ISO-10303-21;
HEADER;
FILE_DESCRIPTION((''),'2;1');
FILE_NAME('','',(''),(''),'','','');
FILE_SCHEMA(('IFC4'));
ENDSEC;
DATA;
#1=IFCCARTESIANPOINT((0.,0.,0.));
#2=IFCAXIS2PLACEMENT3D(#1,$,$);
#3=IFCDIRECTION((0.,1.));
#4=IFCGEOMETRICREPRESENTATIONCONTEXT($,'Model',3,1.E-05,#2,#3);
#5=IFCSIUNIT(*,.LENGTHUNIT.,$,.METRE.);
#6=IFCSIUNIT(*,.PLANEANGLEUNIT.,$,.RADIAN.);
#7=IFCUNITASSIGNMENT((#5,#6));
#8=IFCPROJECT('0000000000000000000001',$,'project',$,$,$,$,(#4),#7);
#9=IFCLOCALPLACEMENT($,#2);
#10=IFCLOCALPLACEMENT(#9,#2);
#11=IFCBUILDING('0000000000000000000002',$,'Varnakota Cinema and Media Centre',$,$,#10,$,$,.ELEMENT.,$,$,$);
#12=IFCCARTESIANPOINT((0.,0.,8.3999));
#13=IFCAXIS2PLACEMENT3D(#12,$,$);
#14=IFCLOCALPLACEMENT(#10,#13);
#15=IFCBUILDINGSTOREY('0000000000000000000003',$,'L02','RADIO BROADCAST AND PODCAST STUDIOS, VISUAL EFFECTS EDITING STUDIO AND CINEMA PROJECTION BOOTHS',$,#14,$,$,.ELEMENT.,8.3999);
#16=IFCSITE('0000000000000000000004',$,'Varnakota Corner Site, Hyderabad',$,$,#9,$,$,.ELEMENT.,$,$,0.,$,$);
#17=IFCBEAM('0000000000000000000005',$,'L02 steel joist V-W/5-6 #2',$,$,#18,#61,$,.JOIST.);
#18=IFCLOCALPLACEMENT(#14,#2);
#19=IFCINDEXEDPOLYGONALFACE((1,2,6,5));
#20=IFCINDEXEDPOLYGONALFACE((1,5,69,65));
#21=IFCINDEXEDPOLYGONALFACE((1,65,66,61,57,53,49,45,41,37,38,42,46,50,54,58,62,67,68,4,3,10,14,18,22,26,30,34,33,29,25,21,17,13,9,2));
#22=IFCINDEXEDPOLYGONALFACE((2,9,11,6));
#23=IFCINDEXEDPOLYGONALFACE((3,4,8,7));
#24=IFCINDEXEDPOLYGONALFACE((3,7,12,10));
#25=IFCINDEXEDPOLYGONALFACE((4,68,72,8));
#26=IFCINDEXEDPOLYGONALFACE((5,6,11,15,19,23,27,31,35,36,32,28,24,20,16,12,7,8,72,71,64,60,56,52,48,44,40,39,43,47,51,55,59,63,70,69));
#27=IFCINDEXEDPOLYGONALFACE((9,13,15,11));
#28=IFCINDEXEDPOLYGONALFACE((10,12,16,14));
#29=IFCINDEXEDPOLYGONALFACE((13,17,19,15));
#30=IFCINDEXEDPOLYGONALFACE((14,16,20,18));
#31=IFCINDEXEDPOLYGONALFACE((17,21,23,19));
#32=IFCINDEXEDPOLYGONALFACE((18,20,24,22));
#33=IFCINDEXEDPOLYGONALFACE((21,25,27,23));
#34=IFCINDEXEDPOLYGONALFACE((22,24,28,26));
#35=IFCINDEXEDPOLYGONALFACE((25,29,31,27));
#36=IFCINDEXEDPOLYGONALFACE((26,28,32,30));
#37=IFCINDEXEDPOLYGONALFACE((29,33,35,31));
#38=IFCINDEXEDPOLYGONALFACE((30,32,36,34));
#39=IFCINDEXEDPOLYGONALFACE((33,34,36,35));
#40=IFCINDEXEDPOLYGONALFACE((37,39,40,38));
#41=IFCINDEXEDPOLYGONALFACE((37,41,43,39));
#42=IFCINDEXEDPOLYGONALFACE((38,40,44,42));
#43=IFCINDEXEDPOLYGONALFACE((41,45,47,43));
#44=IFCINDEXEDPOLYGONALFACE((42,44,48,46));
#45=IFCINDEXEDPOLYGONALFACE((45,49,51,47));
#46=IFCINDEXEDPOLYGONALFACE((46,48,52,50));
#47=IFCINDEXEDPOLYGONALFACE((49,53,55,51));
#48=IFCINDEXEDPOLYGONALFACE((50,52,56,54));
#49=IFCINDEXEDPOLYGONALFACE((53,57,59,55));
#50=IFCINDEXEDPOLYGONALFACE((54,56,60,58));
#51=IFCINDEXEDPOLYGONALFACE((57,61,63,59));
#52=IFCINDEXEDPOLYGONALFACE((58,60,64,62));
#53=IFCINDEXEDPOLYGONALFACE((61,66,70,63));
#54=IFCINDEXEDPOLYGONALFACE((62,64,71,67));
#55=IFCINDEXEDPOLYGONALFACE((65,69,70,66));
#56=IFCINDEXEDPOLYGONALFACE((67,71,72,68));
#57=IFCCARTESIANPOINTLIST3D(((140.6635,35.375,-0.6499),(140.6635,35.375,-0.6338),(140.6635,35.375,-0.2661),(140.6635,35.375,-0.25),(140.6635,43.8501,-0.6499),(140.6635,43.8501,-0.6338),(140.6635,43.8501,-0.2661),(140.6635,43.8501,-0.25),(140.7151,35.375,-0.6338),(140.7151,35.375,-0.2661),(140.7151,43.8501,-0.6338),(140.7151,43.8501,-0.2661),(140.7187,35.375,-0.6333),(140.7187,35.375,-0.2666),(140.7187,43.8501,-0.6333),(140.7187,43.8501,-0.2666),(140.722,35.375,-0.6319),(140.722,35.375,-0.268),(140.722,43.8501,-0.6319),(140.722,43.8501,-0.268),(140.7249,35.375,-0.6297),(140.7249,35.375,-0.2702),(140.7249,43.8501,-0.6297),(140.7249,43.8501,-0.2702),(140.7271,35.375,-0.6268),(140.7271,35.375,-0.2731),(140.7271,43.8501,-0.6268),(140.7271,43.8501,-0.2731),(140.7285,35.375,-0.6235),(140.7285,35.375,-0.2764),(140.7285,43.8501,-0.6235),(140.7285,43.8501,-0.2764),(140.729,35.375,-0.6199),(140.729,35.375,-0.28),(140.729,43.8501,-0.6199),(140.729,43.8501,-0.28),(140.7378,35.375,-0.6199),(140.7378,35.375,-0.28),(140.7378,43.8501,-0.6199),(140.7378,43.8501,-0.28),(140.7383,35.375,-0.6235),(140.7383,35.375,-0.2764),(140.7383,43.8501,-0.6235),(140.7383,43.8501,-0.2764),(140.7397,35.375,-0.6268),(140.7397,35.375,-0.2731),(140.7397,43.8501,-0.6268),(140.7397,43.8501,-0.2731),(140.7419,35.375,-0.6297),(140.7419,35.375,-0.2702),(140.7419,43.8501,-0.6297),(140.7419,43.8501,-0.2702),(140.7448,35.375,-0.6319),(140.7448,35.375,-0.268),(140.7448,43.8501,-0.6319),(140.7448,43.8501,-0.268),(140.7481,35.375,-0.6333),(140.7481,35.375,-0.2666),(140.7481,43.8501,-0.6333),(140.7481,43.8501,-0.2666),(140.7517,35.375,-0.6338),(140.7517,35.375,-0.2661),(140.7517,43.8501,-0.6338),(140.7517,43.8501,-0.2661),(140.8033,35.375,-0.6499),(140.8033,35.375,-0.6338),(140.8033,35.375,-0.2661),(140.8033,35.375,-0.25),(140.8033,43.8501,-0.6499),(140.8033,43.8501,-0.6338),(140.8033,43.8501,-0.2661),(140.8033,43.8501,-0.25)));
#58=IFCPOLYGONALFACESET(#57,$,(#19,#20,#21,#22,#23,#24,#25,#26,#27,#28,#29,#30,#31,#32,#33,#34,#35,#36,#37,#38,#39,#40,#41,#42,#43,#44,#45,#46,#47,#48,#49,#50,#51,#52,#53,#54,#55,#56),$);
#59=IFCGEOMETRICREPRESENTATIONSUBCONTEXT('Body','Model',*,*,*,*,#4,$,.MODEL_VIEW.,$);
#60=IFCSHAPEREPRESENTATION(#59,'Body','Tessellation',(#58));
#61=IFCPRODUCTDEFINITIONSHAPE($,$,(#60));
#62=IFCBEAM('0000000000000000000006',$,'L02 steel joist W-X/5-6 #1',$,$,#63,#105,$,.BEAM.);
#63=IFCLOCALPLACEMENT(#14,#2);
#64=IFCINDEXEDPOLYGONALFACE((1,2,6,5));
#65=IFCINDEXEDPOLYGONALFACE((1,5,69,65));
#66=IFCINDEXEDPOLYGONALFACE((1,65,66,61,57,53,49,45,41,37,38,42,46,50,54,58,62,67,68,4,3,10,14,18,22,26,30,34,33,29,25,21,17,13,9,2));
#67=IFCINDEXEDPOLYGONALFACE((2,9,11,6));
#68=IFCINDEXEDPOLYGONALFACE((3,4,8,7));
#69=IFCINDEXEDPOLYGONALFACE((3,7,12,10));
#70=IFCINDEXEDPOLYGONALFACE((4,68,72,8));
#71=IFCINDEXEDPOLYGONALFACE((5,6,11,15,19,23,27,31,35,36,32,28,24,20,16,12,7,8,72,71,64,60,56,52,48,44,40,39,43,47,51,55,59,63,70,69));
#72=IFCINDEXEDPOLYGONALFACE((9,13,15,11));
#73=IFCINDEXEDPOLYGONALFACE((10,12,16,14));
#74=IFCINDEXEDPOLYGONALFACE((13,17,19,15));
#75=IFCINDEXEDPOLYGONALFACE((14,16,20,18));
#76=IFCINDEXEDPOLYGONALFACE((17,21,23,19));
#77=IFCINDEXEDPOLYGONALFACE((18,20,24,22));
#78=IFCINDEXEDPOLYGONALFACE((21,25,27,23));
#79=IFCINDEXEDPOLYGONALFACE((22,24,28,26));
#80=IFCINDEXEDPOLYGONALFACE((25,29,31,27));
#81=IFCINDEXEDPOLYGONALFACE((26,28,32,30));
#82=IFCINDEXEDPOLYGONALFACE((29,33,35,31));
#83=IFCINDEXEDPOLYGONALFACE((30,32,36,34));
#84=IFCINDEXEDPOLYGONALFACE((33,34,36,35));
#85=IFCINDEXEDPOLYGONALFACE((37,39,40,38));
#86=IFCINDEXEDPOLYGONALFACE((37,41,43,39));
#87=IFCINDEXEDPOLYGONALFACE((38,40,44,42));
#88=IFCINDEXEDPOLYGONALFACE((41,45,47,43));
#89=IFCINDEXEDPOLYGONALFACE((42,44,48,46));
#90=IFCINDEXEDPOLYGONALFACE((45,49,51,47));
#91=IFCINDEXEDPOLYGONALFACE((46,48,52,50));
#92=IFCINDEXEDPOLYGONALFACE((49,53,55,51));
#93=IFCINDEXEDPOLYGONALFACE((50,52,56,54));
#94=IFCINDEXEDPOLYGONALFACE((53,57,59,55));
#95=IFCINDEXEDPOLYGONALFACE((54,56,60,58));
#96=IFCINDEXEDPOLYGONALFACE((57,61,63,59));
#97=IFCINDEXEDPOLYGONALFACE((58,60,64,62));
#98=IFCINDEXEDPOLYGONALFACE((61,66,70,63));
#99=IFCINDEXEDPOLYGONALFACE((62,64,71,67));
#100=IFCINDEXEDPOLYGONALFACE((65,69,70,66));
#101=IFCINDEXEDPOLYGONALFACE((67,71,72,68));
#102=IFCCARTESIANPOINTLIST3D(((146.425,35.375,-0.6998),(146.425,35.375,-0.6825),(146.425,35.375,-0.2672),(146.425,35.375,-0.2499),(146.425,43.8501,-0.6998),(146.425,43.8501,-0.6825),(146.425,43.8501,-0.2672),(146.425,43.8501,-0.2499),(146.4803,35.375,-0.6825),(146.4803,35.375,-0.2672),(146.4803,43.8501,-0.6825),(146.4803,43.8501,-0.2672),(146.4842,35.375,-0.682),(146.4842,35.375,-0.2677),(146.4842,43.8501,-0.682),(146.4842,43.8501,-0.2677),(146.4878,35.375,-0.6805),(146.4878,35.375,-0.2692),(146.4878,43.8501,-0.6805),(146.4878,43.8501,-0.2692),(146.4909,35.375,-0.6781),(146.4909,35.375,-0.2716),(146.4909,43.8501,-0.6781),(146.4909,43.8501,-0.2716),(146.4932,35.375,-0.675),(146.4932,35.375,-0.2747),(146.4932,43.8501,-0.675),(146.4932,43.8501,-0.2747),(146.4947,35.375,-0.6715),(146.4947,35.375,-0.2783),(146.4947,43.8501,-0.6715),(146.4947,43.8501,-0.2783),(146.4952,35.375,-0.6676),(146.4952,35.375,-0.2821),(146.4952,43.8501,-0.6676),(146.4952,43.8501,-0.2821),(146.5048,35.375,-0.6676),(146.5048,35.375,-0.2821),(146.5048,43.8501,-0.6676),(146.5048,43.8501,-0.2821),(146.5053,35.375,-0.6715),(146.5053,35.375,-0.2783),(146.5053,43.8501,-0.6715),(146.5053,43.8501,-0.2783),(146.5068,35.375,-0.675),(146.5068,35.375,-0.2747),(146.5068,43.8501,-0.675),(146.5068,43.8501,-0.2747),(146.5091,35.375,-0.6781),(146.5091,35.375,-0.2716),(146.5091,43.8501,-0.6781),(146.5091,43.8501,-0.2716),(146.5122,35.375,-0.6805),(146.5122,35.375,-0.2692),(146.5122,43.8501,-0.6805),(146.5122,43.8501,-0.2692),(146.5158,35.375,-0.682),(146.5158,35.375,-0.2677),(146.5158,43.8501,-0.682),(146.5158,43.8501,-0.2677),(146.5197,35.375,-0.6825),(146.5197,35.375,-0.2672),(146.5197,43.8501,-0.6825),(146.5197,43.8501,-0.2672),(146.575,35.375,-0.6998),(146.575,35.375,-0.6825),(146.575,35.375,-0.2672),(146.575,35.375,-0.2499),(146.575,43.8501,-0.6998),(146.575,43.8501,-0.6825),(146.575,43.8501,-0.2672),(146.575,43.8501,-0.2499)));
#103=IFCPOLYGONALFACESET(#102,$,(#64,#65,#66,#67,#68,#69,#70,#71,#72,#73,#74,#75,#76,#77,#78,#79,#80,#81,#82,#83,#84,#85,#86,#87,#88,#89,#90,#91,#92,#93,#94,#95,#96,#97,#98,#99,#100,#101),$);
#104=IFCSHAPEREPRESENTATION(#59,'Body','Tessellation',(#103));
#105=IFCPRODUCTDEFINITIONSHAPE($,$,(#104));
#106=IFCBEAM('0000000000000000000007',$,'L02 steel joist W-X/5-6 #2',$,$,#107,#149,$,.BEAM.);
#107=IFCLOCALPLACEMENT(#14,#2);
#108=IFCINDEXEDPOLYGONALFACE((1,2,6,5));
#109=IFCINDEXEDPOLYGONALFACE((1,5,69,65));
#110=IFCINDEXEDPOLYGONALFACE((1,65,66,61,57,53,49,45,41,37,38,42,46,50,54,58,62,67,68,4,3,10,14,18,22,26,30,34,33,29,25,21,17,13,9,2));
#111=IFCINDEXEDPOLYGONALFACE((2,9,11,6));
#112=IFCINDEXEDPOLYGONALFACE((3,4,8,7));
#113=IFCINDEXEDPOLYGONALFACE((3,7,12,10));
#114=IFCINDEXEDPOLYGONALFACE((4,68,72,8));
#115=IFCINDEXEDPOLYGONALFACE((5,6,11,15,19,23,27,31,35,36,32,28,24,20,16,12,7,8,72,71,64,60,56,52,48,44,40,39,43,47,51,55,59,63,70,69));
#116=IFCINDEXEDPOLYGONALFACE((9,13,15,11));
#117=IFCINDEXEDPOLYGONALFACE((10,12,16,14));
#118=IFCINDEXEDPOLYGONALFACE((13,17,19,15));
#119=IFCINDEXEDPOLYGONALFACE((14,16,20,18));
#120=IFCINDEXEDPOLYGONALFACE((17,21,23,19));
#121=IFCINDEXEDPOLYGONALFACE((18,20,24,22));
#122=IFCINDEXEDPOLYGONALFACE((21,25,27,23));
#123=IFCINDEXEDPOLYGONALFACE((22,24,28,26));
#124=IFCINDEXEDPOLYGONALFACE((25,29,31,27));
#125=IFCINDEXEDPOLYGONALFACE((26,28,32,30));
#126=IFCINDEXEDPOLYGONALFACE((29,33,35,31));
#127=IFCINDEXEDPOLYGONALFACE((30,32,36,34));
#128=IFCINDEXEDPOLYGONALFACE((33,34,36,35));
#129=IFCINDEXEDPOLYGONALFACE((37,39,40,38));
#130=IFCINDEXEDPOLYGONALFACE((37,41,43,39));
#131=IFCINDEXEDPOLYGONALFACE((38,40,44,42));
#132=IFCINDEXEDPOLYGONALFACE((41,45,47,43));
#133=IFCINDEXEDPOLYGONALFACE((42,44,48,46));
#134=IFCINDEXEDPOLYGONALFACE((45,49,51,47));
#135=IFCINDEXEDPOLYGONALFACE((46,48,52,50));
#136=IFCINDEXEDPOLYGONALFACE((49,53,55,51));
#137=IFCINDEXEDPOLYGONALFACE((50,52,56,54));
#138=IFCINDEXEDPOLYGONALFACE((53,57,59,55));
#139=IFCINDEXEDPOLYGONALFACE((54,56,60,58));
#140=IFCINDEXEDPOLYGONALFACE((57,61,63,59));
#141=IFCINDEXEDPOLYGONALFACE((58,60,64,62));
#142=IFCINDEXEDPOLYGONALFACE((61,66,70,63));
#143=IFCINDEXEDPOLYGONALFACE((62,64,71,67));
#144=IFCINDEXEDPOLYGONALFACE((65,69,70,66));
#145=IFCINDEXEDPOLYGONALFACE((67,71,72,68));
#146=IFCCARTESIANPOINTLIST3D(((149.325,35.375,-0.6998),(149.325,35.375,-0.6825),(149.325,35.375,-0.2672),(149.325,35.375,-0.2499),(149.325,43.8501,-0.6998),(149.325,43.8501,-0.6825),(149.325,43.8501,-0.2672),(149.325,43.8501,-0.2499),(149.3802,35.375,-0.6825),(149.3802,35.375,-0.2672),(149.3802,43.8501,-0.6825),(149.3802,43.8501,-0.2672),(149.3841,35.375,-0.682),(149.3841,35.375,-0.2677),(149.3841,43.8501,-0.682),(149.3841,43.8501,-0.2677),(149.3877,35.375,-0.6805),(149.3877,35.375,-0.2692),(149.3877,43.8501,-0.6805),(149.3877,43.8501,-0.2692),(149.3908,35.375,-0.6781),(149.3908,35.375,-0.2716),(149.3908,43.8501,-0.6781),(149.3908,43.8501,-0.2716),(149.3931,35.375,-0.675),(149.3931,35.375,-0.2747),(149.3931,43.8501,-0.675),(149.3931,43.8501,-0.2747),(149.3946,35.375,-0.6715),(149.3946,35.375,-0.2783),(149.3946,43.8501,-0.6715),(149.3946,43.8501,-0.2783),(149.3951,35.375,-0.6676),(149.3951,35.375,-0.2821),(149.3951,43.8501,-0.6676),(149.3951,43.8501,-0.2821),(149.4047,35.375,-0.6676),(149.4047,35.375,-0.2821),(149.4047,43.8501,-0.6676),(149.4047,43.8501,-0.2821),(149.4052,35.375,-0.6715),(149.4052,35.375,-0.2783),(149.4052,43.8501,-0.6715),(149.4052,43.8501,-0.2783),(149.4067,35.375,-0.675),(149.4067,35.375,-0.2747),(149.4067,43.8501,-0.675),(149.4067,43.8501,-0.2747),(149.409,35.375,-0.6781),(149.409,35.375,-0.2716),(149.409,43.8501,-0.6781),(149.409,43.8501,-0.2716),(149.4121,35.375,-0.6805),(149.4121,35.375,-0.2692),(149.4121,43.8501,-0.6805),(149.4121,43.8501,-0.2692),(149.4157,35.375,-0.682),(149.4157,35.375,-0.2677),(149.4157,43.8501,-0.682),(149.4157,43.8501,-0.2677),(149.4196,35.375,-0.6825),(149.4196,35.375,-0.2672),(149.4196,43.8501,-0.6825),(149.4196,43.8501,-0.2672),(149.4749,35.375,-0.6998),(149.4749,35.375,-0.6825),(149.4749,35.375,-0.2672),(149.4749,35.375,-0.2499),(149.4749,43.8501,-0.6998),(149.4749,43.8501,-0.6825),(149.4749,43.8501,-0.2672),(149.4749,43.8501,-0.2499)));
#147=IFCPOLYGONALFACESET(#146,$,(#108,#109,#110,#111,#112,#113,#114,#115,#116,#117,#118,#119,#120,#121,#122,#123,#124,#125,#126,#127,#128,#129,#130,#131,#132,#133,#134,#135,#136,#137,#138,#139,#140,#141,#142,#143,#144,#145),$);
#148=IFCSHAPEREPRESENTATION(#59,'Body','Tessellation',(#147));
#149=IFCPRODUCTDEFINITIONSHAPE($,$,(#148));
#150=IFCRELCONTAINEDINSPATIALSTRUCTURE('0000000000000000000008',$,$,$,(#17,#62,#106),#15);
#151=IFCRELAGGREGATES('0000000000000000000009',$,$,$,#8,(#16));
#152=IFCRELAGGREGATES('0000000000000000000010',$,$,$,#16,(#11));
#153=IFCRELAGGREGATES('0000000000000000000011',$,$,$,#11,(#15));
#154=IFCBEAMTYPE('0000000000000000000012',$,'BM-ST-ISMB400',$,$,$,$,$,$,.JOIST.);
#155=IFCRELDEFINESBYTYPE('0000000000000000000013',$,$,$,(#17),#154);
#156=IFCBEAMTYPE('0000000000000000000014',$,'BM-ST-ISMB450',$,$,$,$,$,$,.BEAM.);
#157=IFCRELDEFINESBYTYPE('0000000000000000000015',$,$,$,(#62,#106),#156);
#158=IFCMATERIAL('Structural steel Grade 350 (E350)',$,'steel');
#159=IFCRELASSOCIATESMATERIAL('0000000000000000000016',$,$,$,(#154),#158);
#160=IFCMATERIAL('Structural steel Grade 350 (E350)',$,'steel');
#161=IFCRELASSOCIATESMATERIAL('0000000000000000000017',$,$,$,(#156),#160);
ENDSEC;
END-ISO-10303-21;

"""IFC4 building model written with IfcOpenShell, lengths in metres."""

from ifc_helpers import new_model, si_unit, direction, frame, origin, origin_2d, place, context, subcontext, project, spatial, i_section, extrude, material, material_profile, profile_set, type_object, element, save


model = new_model("IFC4")

# Units and contexts
model_context = context("Model", 3, precision=1e-05, world=origin(), true_north=direction((0.0, 1.0)))
body_context = subcontext(model_context, "Body", "Model", "MODEL_VIEW")
ifc_project = project(units=[si_unit("LENGTHUNIT", "METRE"), si_unit("PLANEANGLEUNIT", "RADIAN")], contexts=[model_context])

# Site, building, storey
site_placement = place(None, origin())
site = spatial("IfcSite", under=ifc_project, at=site_placement, Name="Varnakota Corner Site, Hyderabad", CompositionType="ELEMENT", RefElevation=0.0)
building_placement = place(site_placement, origin())
building = spatial("IfcBuilding", under=site, at=building_placement, Name="Varnakota Cinema and Media Centre", CompositionType="ELEMENT")
storey_placement = place(building_placement, frame((0.0, 0.0, 8.3999)))
storey = spatial("IfcBuildingStorey", under=building, at=storey_placement, Name="L02", Description="RADIO BROADCAST AND PODCAST STUDIOS, VISUAL EFFECTS EDITING STUDIO AND CINEMA PROJECTION BOOTHS", CompositionType="ELEMENT", Elevation=8.3999)

# Beams
ifc_material_1 = material(Name="Structural steel Grade 350 (E350)", Category="steel")
ifc_material_profile_1 = material_profile(ifc_material_1, i_section(OverallWidth=0.1399, OverallDepth=0.3999, WebThickness=0.0088, FlangeThickness=0.0161, FilletRadius=0.0139, at=origin_2d()), Name="ISMB 400")
ifc_profile_set_1 = profile_set([ifc_material_profile_1], Name="Structural steel Grade 350 (E350)")
beam_type_1 = type_object("IfcBeamType", Name="BM-ST-ISMB400", PredefinedType="JOIST", material=ifc_profile_set_1)
for number, where, z_axis, x_axis, name in (
    (1, (140.7334, 35.375, -0.45), (0.0, 1.0, 0.0), (-1.0, 0.0, 0.0), "L02 steel joist V-W/5-6 #2"),
):
    element("IfcBeam", number, at=place(storey_placement, frame(where, z_axis=z_axis, x_axis=x_axis)), inside=storey, type_object=beam_type_1, Name=name, PredefinedType="JOIST", context=body_context, shape_type="SweptSolid", body=[
        extrude(i_section(OverallWidth=0.1399, OverallDepth=0.3999, WebThickness=0.0088, FlangeThickness=0.0161, FilletRadius=0.0139, at=origin_2d()), origin(), (0.0, 0.0, 1.0), 8.4751),
    ])
ifc_material_2 = material(Name="Structural steel Grade 350 (E350)", Category="steel")
ifc_material_profile_2 = material_profile(ifc_material_2, i_section(OverallWidth=0.1499, OverallDepth=0.45, WebThickness=0.0095, FlangeThickness=0.0173, FilletRadius=0.0149, at=origin_2d()), Name="ISMB 450")
ifc_profile_set_2 = profile_set([ifc_material_profile_2], Name="Structural steel Grade 350 (E350)")
beam_type_2 = type_object("IfcBeamType", Name="BM-ST-ISMB450", PredefinedType="BEAM", material=ifc_profile_set_2)
for number, where, z_axis, x_axis, name in (
    (2, (146.5, 35.375, -0.4749), (0.0, 1.0, 0.0), (-1.0, 0.0, 0.0), "L02 steel joist W-X/5-6 #1"),
    (3, (149.3999, 35.375, -0.4749), (0.0, 1.0, 0.0), (-1.0, 0.0, 0.0), "L02 steel joist W-X/5-6 #2"),
):
    element("IfcBeam", number, at=place(storey_placement, frame(where, z_axis=z_axis, x_axis=x_axis)), inside=storey, type_object=beam_type_2, Name=name, PredefinedType="BEAM", context=body_context, shape_type="SweptSolid", body=[
        extrude(i_section(OverallWidth=0.1499, OverallDepth=0.45, WebThickness=0.0095, FlangeThickness=0.0173, FilletRadius=0.0149, at=origin_2d()), origin(), (0.0, 0.0, 1.0), 8.4751),
    ])

save(model, "model.ifc")
